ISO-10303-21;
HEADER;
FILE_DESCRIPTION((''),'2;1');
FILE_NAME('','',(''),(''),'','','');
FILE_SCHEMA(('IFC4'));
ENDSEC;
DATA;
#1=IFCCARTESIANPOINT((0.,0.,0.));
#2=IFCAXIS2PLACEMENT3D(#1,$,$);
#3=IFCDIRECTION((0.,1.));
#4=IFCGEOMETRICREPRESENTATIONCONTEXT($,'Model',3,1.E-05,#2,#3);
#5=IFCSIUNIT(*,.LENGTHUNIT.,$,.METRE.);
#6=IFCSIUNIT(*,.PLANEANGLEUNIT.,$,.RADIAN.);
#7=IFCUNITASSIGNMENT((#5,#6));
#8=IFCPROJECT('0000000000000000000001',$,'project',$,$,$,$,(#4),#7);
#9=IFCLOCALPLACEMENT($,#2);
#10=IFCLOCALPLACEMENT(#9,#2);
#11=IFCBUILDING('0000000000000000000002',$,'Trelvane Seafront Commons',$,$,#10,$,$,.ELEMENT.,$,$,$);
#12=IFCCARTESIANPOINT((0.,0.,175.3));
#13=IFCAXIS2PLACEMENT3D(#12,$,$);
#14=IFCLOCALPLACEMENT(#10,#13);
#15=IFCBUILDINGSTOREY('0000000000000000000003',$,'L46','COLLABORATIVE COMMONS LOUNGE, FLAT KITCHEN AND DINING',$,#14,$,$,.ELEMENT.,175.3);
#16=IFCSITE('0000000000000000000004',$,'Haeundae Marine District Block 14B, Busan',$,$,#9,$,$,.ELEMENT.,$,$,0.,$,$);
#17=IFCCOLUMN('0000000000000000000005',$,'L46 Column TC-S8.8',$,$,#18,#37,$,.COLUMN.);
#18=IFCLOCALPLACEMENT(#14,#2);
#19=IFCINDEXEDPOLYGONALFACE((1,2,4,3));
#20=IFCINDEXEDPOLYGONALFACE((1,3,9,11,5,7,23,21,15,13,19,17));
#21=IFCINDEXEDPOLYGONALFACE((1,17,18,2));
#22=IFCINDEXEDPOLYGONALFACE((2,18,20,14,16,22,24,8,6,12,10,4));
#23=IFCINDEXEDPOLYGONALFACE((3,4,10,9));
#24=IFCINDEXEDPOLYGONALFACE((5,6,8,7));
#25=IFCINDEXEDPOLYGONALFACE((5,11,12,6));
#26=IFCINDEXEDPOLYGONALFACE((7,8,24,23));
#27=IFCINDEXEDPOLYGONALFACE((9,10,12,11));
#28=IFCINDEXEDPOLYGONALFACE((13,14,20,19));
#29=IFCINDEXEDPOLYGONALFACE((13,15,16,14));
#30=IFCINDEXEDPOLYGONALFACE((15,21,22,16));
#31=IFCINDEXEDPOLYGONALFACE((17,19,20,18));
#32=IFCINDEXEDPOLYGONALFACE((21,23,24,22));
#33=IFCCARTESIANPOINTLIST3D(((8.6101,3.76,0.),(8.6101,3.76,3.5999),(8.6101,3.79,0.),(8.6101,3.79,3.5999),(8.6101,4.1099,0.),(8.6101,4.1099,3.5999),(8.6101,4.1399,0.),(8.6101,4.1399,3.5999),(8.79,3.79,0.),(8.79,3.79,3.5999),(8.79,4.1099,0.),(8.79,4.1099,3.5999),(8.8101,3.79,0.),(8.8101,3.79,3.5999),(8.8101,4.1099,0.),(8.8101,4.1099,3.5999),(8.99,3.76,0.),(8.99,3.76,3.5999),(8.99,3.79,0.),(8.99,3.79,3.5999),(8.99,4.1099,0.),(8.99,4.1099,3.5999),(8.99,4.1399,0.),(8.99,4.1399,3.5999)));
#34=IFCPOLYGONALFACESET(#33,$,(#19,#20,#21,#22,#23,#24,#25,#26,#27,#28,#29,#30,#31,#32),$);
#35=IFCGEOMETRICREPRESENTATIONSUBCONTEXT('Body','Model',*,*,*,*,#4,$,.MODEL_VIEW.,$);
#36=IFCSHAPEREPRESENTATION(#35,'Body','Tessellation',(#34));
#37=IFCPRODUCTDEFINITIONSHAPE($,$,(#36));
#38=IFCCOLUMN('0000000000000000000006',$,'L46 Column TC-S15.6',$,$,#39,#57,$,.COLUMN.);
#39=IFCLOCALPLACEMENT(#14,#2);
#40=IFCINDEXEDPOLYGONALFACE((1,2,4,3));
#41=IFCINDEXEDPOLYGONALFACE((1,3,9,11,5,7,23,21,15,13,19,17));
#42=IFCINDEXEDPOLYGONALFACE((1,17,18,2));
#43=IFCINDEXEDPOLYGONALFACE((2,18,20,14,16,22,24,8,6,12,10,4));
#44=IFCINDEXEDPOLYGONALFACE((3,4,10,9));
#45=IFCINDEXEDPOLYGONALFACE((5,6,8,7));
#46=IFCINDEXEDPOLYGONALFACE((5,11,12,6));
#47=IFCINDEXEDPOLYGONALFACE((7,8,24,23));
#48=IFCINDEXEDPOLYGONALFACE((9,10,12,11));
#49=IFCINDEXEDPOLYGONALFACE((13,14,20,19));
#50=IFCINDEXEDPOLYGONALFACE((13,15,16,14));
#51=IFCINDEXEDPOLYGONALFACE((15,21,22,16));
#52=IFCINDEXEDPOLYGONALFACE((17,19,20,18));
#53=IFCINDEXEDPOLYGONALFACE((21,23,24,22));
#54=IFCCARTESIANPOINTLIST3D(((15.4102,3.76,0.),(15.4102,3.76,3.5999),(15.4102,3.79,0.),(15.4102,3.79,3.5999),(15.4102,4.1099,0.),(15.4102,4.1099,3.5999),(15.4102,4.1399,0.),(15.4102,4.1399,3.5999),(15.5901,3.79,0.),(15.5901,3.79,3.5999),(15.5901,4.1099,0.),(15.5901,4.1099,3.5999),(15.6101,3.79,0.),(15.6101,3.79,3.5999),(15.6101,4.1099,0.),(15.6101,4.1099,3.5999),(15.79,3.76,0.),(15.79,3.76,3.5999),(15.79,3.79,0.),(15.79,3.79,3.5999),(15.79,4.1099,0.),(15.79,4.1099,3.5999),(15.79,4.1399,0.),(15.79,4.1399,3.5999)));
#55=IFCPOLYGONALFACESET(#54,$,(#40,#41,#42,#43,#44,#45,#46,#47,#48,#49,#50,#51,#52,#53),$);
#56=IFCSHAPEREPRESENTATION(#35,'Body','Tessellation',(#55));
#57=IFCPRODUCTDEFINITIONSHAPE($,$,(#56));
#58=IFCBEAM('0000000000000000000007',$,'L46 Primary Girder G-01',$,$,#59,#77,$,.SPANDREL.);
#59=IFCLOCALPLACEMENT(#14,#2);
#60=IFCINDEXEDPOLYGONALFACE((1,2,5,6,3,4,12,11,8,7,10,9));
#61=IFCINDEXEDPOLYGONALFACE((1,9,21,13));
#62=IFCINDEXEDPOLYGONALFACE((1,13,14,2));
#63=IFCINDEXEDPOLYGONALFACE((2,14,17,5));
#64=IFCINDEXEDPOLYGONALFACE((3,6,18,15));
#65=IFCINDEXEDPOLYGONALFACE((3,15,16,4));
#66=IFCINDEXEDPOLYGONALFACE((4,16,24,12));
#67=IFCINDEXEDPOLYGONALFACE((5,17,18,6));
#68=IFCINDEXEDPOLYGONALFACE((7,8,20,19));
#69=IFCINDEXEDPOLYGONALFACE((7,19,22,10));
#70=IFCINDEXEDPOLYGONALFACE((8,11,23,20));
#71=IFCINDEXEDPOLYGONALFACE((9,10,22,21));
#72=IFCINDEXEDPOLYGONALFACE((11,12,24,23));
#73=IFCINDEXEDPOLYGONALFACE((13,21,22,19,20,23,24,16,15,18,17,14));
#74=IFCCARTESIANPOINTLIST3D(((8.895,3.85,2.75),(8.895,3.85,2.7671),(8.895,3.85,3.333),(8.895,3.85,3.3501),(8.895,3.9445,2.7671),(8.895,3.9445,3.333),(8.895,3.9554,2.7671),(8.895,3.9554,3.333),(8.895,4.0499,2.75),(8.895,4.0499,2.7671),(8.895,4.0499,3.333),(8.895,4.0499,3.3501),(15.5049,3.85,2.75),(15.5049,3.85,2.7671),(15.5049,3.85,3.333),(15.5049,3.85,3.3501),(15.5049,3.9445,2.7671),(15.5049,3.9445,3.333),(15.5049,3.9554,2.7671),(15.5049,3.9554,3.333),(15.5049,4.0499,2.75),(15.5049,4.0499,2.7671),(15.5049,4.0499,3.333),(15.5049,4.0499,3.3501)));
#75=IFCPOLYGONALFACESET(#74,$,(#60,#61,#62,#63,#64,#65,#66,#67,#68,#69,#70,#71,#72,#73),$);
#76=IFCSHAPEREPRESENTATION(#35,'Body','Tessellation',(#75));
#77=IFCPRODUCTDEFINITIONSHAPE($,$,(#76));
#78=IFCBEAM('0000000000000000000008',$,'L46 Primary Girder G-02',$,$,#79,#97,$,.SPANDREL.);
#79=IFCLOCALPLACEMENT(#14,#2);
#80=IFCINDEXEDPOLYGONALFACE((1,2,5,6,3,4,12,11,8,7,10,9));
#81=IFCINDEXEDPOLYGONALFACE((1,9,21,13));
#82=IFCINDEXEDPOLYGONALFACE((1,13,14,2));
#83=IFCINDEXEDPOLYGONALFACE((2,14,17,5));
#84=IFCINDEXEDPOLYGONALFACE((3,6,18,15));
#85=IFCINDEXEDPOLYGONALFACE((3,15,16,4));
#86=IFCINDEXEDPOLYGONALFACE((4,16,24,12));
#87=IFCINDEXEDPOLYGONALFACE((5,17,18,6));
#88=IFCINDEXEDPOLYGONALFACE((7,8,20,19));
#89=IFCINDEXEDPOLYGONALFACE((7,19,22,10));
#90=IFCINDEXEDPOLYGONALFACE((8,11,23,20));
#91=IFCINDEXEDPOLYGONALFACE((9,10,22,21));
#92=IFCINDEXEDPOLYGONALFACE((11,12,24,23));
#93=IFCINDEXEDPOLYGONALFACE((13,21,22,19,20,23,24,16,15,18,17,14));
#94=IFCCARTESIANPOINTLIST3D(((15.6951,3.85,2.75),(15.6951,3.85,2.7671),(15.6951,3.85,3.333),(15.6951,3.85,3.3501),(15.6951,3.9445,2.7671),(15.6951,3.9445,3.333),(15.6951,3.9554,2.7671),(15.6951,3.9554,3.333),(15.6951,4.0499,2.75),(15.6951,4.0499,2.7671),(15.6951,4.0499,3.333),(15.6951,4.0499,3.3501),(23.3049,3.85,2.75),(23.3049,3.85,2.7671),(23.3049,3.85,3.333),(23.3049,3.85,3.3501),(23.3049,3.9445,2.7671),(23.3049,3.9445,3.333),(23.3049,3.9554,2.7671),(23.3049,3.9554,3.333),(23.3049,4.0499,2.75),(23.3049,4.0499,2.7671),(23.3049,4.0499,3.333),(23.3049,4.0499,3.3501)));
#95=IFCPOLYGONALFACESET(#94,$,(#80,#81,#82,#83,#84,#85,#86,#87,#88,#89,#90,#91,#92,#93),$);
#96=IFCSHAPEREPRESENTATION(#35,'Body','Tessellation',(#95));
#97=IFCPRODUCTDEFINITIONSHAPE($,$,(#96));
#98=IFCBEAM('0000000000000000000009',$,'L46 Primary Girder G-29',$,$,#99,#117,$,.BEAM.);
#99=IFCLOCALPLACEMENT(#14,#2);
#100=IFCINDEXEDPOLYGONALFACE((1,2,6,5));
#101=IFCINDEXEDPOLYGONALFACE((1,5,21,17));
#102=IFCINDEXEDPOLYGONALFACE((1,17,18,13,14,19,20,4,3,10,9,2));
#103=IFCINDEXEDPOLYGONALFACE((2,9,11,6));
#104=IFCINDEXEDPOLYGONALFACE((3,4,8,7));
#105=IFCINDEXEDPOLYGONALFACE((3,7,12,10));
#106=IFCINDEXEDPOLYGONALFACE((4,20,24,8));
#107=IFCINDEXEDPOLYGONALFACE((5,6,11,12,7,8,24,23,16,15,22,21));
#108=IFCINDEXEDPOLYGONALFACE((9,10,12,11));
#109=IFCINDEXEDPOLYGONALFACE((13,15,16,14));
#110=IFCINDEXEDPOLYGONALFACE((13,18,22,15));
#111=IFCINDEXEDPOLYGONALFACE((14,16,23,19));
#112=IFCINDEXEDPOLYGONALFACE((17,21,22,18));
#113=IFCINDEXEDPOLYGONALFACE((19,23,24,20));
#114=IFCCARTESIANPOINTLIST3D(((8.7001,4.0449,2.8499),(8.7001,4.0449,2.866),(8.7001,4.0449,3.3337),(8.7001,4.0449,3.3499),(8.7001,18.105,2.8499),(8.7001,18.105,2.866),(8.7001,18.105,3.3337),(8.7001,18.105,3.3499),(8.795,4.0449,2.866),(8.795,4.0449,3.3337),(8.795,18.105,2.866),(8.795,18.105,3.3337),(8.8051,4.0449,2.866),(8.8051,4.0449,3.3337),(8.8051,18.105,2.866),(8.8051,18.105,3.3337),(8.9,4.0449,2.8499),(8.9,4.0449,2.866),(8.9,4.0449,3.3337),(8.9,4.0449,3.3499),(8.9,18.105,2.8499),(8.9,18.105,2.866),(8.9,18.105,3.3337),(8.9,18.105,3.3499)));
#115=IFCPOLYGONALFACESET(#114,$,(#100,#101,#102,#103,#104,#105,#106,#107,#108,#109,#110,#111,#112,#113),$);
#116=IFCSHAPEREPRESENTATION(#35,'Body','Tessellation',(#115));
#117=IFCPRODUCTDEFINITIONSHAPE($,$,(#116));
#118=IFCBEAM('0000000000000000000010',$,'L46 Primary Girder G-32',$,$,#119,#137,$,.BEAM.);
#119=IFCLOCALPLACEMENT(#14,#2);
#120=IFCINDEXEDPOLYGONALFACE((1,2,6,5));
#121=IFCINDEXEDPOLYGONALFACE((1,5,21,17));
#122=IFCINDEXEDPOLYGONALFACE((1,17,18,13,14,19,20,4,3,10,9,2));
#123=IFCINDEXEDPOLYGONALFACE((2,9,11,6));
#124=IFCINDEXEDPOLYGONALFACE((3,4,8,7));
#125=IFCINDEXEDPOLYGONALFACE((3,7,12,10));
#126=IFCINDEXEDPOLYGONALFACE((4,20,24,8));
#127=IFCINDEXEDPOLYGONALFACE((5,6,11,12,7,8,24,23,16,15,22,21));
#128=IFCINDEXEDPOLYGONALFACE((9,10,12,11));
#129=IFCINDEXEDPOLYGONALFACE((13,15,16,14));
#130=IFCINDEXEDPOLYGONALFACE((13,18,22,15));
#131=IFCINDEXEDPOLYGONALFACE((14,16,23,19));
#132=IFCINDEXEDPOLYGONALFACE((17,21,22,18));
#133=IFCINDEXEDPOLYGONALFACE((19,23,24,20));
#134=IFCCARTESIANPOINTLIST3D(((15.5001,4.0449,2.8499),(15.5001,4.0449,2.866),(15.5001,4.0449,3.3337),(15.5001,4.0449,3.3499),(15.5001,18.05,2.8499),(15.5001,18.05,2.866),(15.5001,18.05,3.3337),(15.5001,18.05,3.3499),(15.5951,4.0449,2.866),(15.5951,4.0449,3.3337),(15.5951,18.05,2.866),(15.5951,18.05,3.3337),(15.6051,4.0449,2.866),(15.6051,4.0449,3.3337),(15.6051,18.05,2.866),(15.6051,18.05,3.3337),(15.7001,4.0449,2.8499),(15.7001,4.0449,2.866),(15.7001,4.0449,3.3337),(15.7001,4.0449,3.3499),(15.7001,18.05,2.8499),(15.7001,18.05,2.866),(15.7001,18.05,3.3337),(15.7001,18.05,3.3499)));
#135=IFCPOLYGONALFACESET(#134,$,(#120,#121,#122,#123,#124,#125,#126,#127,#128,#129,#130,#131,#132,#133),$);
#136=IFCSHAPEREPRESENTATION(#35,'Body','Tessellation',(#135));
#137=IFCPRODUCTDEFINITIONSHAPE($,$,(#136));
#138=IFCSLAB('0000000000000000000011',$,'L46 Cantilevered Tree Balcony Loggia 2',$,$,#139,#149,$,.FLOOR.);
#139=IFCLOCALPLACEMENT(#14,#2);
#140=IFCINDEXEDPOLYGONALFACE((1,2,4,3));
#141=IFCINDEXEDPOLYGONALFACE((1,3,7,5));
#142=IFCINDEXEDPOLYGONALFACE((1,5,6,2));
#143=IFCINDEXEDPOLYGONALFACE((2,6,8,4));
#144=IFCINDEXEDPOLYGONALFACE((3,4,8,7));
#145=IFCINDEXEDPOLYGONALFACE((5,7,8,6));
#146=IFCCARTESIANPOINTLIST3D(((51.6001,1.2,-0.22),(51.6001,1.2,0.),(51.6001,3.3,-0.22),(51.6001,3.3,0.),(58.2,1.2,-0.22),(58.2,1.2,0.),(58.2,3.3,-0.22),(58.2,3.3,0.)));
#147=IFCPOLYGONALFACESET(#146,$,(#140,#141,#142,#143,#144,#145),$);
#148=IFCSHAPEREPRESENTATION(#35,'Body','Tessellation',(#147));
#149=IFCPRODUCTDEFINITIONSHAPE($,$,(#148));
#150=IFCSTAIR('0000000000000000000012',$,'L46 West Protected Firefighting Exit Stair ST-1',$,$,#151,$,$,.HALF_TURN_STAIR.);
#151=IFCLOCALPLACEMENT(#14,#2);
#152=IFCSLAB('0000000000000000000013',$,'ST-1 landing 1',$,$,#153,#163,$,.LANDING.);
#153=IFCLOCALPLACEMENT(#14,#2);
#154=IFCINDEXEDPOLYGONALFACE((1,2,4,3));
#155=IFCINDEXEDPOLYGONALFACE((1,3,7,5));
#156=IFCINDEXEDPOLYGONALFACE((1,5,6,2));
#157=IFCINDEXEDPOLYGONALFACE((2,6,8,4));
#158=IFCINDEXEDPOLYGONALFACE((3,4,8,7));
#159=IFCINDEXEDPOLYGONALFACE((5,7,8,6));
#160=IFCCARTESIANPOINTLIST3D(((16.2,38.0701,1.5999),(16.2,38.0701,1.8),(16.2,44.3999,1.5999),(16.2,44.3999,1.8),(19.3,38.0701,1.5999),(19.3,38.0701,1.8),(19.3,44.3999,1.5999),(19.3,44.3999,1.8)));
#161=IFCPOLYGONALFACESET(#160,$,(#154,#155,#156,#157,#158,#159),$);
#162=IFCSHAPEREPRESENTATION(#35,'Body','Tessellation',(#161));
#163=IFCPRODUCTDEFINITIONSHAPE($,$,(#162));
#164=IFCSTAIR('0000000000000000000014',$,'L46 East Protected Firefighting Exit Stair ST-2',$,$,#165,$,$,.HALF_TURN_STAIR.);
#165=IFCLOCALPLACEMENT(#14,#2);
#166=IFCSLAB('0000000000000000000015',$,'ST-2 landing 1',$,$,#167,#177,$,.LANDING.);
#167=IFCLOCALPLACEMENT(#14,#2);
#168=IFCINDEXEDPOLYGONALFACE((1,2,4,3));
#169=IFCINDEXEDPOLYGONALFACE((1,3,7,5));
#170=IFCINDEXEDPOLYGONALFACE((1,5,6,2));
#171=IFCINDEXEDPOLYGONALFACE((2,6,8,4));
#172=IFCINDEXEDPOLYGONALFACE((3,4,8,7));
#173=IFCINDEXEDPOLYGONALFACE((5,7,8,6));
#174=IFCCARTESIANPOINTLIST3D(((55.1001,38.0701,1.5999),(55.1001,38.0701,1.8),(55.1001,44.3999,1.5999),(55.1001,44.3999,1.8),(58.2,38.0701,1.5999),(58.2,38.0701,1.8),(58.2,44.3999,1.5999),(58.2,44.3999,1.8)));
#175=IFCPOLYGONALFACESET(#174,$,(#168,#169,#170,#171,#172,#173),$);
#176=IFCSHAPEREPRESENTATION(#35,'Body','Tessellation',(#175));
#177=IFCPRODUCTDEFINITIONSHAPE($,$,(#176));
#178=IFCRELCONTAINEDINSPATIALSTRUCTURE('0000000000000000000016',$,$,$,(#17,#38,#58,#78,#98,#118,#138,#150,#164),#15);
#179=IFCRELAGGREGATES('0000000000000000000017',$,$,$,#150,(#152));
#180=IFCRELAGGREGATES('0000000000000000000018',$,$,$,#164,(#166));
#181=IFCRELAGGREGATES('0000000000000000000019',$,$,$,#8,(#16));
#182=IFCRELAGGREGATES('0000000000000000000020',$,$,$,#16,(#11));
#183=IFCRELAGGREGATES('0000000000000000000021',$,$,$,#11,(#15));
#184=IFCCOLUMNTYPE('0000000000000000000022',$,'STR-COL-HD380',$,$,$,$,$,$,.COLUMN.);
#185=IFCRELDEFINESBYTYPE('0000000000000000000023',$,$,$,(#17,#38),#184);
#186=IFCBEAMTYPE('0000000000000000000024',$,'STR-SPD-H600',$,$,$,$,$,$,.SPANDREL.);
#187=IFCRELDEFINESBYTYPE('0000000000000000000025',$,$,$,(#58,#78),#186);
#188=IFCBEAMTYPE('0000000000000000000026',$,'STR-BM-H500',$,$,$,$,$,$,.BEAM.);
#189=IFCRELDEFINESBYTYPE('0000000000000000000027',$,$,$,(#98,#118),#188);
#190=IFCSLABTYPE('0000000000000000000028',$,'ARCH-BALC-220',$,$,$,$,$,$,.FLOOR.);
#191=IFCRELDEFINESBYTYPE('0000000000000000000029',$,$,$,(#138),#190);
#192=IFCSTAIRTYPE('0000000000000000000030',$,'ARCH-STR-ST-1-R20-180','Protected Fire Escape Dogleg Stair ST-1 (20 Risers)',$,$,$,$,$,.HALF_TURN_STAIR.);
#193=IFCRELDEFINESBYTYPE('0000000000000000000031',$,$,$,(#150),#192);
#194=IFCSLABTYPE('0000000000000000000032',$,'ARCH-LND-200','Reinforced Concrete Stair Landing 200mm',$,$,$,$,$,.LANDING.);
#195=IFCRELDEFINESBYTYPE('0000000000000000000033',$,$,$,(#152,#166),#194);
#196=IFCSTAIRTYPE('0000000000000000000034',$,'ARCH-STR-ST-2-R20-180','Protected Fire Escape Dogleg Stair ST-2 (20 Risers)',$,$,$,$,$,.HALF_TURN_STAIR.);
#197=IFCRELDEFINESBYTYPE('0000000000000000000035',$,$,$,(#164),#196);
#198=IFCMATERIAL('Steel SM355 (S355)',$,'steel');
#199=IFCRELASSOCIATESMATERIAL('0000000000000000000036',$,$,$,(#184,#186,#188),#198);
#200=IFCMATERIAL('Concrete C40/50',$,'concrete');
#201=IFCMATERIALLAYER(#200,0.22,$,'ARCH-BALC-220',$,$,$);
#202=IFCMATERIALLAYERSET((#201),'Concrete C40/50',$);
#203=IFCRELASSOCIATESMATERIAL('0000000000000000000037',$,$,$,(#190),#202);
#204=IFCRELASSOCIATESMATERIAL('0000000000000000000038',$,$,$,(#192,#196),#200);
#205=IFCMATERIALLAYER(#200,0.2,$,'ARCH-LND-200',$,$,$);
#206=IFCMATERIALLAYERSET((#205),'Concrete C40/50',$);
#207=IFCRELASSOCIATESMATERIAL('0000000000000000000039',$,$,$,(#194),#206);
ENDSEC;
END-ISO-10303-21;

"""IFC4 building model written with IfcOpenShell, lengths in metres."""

from ifc_helpers import new_model, si_unit, direction, frame, origin, origin_2d, place, context, subcontext, project, spatial, polyline, i_section, outline, extrude, source, transform, mapped, material, layer, layer_set, material_profile, profile_set, type_object, element, aggregate, save


model = new_model("IFC4")

# Units and contexts
model_context = context("Model", 3, precision=1e-05, world=origin(), true_north=direction((0.0, 1.0)))
body_context = subcontext(model_context, "Body", "Model", "MODEL_VIEW")
ifc_project = project(units=[si_unit("LENGTHUNIT", "METRE"), si_unit("PLANEANGLEUNIT", "RADIAN")], contexts=[model_context])

# Site, building, storey
site_placement = place(None, origin())
site = spatial("IfcSite", under=ifc_project, at=site_placement, Name="Haeundae Marine District Block 14B, Busan", CompositionType="ELEMENT", RefElevation=0.0)
building_placement = place(site_placement, origin())
building = spatial("IfcBuilding", under=site, at=building_placement, Name="Trelvane Seafront Commons", CompositionType="ELEMENT")
storey_placement = place(building_placement, frame((0.0, 0.0, 175.3)))
storey = spatial("IfcBuildingStorey", under=building, at=storey_placement, Name="L46", Description="COLLABORATIVE COMMONS LOUNGE, FLAT KITCHEN AND DINING", CompositionType="ELEMENT", Elevation=175.3)

# Columns
ifc_material_1 = material(Name="Steel SM355 (S355)", Category="steel")
ifc_material_profile_1 = material_profile(ifc_material_1, i_section(OverallWidth=0.3799, OverallDepth=0.3799, WebThickness=0.02, FlangeThickness=0.03, at=origin_2d()), Name="HD-380x380x20x30")
ifc_profile_set_1 = profile_set([ifc_material_profile_1], Name="Steel SM355 (S355)")
column_type = type_object("IfcColumnType", Name="STR-COL-HD380", PredefinedType="COLUMN", material=ifc_profile_set_1)
shared_shape_1 = source(origin(), body_context, "Body", "SweptSolid", [
    extrude(i_section(OverallWidth=0.3799, OverallDepth=0.3799, WebThickness=0.02, FlangeThickness=0.03, at=origin_2d()), origin(), (0.0, 0.0, 1.0), 3.5999),
])
for number, where, z_axis, x_axis, name in (
    (1, (8.8, 3.95, 0.0), (0.0, 0.0, 1.0), (1.0, 0.0, 0.0), "L46 Column TC-S8.8"),
    (2, (15.6001, 3.95, 0.0), (0.0, 0.0, 1.0), (1.0, 0.0, 0.0), "L46 Column TC-S15.6"),
):
    element("IfcColumn", number, at=place(storey_placement, frame(where, z_axis=z_axis, x_axis=x_axis)), inside=storey, type_object=column_type, Name=name, PredefinedType="COLUMN", context=body_context, shape_type="MappedRepresentation", body=[
        mapped(shared_shape_1, transform((0.0, 0.0, 0.0), x_axis=(1.0, 0.0, 0.0), y_axis=(0.0, 1.0, 0.0), z_axis=(0.0, 0.0, 1.0), scale=1.0)),
    ])

# Beams
ifc_material_profile_2 = material_profile(ifc_material_1, i_section(OverallWidth=0.2, OverallDepth=0.6001, WebThickness=0.011, FlangeThickness=0.0171, at=origin_2d()), Name="H-600x200x11x17")
ifc_profile_set_2 = profile_set([ifc_material_profile_2], Name="Steel SM355 (S355)")
beam_type_1 = type_object("IfcBeamType", Name="STR-SPD-H600", PredefinedType="SPANDREL", material=ifc_profile_set_2)
shared_shape_2 = source(origin(), body_context, "Body", "SweptSolid", [
    extrude(i_section(OverallWidth=0.2, OverallDepth=0.6001, WebThickness=0.011, FlangeThickness=0.0171, at=origin_2d()), origin(), (0.0, 0.0, 1.0), 6.6099),
])
beam_1_placement = place(storey_placement, frame((8.895, 3.95, 3.05), z_axis=(1.0, 0.0, 0.0), x_axis=(0.0, 1.0, 0.0)))
element("IfcBeam", 3, at=beam_1_placement, inside=storey, type_object=beam_type_1, Name="L46 Primary Girder G-01", PredefinedType="SPANDREL", context=body_context, shape_type="MappedRepresentation", body=[
    mapped(shared_shape_2, transform((0.0, 0.0, 0.0), x_axis=(1.0, 0.0, 0.0), y_axis=(0.0, 1.0, 0.0), z_axis=(0.0, 0.0, 1.0), scale=1.0)),
])
shared_shape_3 = source(origin(), body_context, "Body", "SweptSolid", [
    extrude(i_section(OverallWidth=0.2, OverallDepth=0.6001, WebThickness=0.011, FlangeThickness=0.0171, at=origin_2d()), origin(), (0.0, 0.0, 1.0), 7.6099),
])
beam_2_placement = place(storey_placement, frame((15.6951, 3.95, 3.05), z_axis=(1.0, 0.0, 0.0), x_axis=(0.0, 1.0, 0.0)))
element("IfcBeam", 4, at=beam_2_placement, inside=storey, type_object=beam_type_1, Name="L46 Primary Girder G-02", PredefinedType="SPANDREL", context=body_context, shape_type="MappedRepresentation", body=[
    mapped(shared_shape_3, transform((0.0, 0.0, 0.0), x_axis=(1.0, 0.0, 0.0), y_axis=(0.0, 1.0, 0.0), z_axis=(0.0, 0.0, 1.0), scale=1.0)),
])
ifc_material_profile_3 = material_profile(ifc_material_1, i_section(OverallWidth=0.2, OverallDepth=0.5, WebThickness=0.01, FlangeThickness=0.0161, at=origin_2d()), Name="H-500x200x10x16")
ifc_profile_set_3 = profile_set([ifc_material_profile_3], Name="Steel SM355 (S355)")
beam_type_2 = type_object("IfcBeamType", Name="STR-BM-H500", PredefinedType="BEAM", material=ifc_profile_set_3)
shared_shape_4 = source(origin(), body_context, "Body", "SweptSolid", [
    extrude(i_section(OverallWidth=0.2, OverallDepth=0.5, WebThickness=0.01, FlangeThickness=0.0161, at=origin_2d()), origin(), (0.0, 0.0, 1.0), 14.0601),
])
beam_3_placement = place(storey_placement, frame((8.8, 4.0449, 3.0999), z_axis=(0.0, 1.0, 0.0), x_axis=(-1.0, 0.0, 0.0)))
element("IfcBeam", 5, at=beam_3_placement, inside=storey, type_object=beam_type_2, Name="L46 Primary Girder G-29", PredefinedType="BEAM", context=body_context, shape_type="MappedRepresentation", body=[
    mapped(shared_shape_4, transform((0.0, 0.0, 0.0), x_axis=(1.0, 0.0, 0.0), y_axis=(0.0, 1.0, 0.0), z_axis=(0.0, 0.0, 1.0), scale=1.0)),
])
shared_shape_5 = source(origin(), body_context, "Body", "SweptSolid", [
    extrude(i_section(OverallWidth=0.2, OverallDepth=0.5, WebThickness=0.01, FlangeThickness=0.0161, at=origin_2d()), origin(), (0.0, 0.0, 1.0), 14.0051),
])
beam_4_placement = place(storey_placement, frame((15.6001, 4.0449, 3.0999), z_axis=(0.0, 1.0, 0.0), x_axis=(-1.0, 0.0, 0.0)))
element("IfcBeam", 6, at=beam_4_placement, inside=storey, type_object=beam_type_2, Name="L46 Primary Girder G-32", PredefinedType="BEAM", context=body_context, shape_type="MappedRepresentation", body=[
    mapped(shared_shape_5, transform((0.0, 0.0, 0.0), x_axis=(1.0, 0.0, 0.0), y_axis=(0.0, 1.0, 0.0), z_axis=(0.0, 0.0, 1.0), scale=1.0)),
])

# Slab
ifc_material_2 = material(Name="Concrete C40/50", Category="concrete")
ifc_layer_1 = layer(ifc_material_2, 0.22, Name="ARCH-BALC-220")
ifc_layer_set_1 = layer_set([ifc_layer_1], Name="Concrete C40/50")
slab_type_1 = type_object("IfcSlabType", Name="ARCH-BALC-220", PredefinedType="FLOOR", material=ifc_layer_set_1)
slab_1_placement = place(storey_placement, frame((0.0, 0.0, -0.22)))
element("IfcSlab", 7, at=slab_1_placement, inside=storey, type_object=slab_type_1, Name="L46 Cantilevered Tree Balcony Loggia 2", PredefinedType="FLOOR", context=body_context, shape_type="SweptSolid", body=[
    extrude(outline(polyline([(51.6001, 1.2), (58.2, 1.2), (58.2, 3.3), (51.6001, 3.3), (51.6001, 1.2)])), origin(), (0.0, 0.0, 1.0), 0.22),
])

# Stairs, slabs
stair_type_1 = type_object("IfcStairType", Name="ARCH-STR-ST-1-R20-180", Description="Protected Fire Escape Dogleg Stair ST-1 (20 Risers)", PredefinedType="HALF_TURN_STAIR", material=ifc_material_2)
stair_1_placement = place(storey_placement, origin())
stair_1 = element("IfcStair", 8, at=stair_1_placement, inside=storey, type_object=stair_type_1, Name="L46 West Protected Firefighting Exit Stair ST-1", PredefinedType="HALF_TURN_STAIR")
ifc_layer_2 = layer(ifc_material_2, 0.2, Name="ARCH-LND-200")
ifc_layer_set_2 = layer_set([ifc_layer_2], Name="Concrete C40/50")
slab_type_2 = type_object("IfcSlabType", Name="ARCH-LND-200", Description="Reinforced Concrete Stair Landing 200mm", PredefinedType="LANDING", material=ifc_layer_set_2)
slab_2_placement = place(storey_placement, frame((0.0, 0.0, 1.5999)))
slab_2 = element("IfcSlab", 9, at=slab_2_placement, type_object=slab_type_2, Name="ST-1 landing 1", PredefinedType="LANDING", context=body_context, shape_type="SweptSolid", body=[
    extrude(outline(polyline([(19.3, 38.0701), (19.3, 44.3999), (16.2, 44.3999), (16.2, 38.0701), (19.3, 38.0701)])), origin(), (0.0, 0.0, 1.0), 0.2002),
])
aggregate(stair_1, [slab_2])
stair_type_2 = type_object("IfcStairType", Name="ARCH-STR-ST-2-R20-180", Description="Protected Fire Escape Dogleg Stair ST-2 (20 Risers)", PredefinedType="HALF_TURN_STAIR", material=ifc_material_2)
stair_2_placement = place(storey_placement, origin())
stair_2 = element("IfcStair", 10, at=stair_2_placement, inside=storey, type_object=stair_type_2, Name="L46 East Protected Firefighting Exit Stair ST-2", PredefinedType="HALF_TURN_STAIR")
slab_3_placement = place(storey_placement, frame((0.0, 0.0, 1.5999)))
slab_3 = element("IfcSlab", 11, at=slab_3_placement, type_object=slab_type_2, Name="ST-2 landing 1", PredefinedType="LANDING", context=body_context, shape_type="SweptSolid", body=[
    extrude(outline(polyline([(58.2, 38.0701), (58.2, 44.3999), (55.1001, 44.3999), (55.1001, 38.0701), (58.2, 38.0701)])), origin(), (0.0, 0.0, 1.0), 0.2002),
])
aggregate(stair_2, [slab_3])

save(model, "model.ifc")
